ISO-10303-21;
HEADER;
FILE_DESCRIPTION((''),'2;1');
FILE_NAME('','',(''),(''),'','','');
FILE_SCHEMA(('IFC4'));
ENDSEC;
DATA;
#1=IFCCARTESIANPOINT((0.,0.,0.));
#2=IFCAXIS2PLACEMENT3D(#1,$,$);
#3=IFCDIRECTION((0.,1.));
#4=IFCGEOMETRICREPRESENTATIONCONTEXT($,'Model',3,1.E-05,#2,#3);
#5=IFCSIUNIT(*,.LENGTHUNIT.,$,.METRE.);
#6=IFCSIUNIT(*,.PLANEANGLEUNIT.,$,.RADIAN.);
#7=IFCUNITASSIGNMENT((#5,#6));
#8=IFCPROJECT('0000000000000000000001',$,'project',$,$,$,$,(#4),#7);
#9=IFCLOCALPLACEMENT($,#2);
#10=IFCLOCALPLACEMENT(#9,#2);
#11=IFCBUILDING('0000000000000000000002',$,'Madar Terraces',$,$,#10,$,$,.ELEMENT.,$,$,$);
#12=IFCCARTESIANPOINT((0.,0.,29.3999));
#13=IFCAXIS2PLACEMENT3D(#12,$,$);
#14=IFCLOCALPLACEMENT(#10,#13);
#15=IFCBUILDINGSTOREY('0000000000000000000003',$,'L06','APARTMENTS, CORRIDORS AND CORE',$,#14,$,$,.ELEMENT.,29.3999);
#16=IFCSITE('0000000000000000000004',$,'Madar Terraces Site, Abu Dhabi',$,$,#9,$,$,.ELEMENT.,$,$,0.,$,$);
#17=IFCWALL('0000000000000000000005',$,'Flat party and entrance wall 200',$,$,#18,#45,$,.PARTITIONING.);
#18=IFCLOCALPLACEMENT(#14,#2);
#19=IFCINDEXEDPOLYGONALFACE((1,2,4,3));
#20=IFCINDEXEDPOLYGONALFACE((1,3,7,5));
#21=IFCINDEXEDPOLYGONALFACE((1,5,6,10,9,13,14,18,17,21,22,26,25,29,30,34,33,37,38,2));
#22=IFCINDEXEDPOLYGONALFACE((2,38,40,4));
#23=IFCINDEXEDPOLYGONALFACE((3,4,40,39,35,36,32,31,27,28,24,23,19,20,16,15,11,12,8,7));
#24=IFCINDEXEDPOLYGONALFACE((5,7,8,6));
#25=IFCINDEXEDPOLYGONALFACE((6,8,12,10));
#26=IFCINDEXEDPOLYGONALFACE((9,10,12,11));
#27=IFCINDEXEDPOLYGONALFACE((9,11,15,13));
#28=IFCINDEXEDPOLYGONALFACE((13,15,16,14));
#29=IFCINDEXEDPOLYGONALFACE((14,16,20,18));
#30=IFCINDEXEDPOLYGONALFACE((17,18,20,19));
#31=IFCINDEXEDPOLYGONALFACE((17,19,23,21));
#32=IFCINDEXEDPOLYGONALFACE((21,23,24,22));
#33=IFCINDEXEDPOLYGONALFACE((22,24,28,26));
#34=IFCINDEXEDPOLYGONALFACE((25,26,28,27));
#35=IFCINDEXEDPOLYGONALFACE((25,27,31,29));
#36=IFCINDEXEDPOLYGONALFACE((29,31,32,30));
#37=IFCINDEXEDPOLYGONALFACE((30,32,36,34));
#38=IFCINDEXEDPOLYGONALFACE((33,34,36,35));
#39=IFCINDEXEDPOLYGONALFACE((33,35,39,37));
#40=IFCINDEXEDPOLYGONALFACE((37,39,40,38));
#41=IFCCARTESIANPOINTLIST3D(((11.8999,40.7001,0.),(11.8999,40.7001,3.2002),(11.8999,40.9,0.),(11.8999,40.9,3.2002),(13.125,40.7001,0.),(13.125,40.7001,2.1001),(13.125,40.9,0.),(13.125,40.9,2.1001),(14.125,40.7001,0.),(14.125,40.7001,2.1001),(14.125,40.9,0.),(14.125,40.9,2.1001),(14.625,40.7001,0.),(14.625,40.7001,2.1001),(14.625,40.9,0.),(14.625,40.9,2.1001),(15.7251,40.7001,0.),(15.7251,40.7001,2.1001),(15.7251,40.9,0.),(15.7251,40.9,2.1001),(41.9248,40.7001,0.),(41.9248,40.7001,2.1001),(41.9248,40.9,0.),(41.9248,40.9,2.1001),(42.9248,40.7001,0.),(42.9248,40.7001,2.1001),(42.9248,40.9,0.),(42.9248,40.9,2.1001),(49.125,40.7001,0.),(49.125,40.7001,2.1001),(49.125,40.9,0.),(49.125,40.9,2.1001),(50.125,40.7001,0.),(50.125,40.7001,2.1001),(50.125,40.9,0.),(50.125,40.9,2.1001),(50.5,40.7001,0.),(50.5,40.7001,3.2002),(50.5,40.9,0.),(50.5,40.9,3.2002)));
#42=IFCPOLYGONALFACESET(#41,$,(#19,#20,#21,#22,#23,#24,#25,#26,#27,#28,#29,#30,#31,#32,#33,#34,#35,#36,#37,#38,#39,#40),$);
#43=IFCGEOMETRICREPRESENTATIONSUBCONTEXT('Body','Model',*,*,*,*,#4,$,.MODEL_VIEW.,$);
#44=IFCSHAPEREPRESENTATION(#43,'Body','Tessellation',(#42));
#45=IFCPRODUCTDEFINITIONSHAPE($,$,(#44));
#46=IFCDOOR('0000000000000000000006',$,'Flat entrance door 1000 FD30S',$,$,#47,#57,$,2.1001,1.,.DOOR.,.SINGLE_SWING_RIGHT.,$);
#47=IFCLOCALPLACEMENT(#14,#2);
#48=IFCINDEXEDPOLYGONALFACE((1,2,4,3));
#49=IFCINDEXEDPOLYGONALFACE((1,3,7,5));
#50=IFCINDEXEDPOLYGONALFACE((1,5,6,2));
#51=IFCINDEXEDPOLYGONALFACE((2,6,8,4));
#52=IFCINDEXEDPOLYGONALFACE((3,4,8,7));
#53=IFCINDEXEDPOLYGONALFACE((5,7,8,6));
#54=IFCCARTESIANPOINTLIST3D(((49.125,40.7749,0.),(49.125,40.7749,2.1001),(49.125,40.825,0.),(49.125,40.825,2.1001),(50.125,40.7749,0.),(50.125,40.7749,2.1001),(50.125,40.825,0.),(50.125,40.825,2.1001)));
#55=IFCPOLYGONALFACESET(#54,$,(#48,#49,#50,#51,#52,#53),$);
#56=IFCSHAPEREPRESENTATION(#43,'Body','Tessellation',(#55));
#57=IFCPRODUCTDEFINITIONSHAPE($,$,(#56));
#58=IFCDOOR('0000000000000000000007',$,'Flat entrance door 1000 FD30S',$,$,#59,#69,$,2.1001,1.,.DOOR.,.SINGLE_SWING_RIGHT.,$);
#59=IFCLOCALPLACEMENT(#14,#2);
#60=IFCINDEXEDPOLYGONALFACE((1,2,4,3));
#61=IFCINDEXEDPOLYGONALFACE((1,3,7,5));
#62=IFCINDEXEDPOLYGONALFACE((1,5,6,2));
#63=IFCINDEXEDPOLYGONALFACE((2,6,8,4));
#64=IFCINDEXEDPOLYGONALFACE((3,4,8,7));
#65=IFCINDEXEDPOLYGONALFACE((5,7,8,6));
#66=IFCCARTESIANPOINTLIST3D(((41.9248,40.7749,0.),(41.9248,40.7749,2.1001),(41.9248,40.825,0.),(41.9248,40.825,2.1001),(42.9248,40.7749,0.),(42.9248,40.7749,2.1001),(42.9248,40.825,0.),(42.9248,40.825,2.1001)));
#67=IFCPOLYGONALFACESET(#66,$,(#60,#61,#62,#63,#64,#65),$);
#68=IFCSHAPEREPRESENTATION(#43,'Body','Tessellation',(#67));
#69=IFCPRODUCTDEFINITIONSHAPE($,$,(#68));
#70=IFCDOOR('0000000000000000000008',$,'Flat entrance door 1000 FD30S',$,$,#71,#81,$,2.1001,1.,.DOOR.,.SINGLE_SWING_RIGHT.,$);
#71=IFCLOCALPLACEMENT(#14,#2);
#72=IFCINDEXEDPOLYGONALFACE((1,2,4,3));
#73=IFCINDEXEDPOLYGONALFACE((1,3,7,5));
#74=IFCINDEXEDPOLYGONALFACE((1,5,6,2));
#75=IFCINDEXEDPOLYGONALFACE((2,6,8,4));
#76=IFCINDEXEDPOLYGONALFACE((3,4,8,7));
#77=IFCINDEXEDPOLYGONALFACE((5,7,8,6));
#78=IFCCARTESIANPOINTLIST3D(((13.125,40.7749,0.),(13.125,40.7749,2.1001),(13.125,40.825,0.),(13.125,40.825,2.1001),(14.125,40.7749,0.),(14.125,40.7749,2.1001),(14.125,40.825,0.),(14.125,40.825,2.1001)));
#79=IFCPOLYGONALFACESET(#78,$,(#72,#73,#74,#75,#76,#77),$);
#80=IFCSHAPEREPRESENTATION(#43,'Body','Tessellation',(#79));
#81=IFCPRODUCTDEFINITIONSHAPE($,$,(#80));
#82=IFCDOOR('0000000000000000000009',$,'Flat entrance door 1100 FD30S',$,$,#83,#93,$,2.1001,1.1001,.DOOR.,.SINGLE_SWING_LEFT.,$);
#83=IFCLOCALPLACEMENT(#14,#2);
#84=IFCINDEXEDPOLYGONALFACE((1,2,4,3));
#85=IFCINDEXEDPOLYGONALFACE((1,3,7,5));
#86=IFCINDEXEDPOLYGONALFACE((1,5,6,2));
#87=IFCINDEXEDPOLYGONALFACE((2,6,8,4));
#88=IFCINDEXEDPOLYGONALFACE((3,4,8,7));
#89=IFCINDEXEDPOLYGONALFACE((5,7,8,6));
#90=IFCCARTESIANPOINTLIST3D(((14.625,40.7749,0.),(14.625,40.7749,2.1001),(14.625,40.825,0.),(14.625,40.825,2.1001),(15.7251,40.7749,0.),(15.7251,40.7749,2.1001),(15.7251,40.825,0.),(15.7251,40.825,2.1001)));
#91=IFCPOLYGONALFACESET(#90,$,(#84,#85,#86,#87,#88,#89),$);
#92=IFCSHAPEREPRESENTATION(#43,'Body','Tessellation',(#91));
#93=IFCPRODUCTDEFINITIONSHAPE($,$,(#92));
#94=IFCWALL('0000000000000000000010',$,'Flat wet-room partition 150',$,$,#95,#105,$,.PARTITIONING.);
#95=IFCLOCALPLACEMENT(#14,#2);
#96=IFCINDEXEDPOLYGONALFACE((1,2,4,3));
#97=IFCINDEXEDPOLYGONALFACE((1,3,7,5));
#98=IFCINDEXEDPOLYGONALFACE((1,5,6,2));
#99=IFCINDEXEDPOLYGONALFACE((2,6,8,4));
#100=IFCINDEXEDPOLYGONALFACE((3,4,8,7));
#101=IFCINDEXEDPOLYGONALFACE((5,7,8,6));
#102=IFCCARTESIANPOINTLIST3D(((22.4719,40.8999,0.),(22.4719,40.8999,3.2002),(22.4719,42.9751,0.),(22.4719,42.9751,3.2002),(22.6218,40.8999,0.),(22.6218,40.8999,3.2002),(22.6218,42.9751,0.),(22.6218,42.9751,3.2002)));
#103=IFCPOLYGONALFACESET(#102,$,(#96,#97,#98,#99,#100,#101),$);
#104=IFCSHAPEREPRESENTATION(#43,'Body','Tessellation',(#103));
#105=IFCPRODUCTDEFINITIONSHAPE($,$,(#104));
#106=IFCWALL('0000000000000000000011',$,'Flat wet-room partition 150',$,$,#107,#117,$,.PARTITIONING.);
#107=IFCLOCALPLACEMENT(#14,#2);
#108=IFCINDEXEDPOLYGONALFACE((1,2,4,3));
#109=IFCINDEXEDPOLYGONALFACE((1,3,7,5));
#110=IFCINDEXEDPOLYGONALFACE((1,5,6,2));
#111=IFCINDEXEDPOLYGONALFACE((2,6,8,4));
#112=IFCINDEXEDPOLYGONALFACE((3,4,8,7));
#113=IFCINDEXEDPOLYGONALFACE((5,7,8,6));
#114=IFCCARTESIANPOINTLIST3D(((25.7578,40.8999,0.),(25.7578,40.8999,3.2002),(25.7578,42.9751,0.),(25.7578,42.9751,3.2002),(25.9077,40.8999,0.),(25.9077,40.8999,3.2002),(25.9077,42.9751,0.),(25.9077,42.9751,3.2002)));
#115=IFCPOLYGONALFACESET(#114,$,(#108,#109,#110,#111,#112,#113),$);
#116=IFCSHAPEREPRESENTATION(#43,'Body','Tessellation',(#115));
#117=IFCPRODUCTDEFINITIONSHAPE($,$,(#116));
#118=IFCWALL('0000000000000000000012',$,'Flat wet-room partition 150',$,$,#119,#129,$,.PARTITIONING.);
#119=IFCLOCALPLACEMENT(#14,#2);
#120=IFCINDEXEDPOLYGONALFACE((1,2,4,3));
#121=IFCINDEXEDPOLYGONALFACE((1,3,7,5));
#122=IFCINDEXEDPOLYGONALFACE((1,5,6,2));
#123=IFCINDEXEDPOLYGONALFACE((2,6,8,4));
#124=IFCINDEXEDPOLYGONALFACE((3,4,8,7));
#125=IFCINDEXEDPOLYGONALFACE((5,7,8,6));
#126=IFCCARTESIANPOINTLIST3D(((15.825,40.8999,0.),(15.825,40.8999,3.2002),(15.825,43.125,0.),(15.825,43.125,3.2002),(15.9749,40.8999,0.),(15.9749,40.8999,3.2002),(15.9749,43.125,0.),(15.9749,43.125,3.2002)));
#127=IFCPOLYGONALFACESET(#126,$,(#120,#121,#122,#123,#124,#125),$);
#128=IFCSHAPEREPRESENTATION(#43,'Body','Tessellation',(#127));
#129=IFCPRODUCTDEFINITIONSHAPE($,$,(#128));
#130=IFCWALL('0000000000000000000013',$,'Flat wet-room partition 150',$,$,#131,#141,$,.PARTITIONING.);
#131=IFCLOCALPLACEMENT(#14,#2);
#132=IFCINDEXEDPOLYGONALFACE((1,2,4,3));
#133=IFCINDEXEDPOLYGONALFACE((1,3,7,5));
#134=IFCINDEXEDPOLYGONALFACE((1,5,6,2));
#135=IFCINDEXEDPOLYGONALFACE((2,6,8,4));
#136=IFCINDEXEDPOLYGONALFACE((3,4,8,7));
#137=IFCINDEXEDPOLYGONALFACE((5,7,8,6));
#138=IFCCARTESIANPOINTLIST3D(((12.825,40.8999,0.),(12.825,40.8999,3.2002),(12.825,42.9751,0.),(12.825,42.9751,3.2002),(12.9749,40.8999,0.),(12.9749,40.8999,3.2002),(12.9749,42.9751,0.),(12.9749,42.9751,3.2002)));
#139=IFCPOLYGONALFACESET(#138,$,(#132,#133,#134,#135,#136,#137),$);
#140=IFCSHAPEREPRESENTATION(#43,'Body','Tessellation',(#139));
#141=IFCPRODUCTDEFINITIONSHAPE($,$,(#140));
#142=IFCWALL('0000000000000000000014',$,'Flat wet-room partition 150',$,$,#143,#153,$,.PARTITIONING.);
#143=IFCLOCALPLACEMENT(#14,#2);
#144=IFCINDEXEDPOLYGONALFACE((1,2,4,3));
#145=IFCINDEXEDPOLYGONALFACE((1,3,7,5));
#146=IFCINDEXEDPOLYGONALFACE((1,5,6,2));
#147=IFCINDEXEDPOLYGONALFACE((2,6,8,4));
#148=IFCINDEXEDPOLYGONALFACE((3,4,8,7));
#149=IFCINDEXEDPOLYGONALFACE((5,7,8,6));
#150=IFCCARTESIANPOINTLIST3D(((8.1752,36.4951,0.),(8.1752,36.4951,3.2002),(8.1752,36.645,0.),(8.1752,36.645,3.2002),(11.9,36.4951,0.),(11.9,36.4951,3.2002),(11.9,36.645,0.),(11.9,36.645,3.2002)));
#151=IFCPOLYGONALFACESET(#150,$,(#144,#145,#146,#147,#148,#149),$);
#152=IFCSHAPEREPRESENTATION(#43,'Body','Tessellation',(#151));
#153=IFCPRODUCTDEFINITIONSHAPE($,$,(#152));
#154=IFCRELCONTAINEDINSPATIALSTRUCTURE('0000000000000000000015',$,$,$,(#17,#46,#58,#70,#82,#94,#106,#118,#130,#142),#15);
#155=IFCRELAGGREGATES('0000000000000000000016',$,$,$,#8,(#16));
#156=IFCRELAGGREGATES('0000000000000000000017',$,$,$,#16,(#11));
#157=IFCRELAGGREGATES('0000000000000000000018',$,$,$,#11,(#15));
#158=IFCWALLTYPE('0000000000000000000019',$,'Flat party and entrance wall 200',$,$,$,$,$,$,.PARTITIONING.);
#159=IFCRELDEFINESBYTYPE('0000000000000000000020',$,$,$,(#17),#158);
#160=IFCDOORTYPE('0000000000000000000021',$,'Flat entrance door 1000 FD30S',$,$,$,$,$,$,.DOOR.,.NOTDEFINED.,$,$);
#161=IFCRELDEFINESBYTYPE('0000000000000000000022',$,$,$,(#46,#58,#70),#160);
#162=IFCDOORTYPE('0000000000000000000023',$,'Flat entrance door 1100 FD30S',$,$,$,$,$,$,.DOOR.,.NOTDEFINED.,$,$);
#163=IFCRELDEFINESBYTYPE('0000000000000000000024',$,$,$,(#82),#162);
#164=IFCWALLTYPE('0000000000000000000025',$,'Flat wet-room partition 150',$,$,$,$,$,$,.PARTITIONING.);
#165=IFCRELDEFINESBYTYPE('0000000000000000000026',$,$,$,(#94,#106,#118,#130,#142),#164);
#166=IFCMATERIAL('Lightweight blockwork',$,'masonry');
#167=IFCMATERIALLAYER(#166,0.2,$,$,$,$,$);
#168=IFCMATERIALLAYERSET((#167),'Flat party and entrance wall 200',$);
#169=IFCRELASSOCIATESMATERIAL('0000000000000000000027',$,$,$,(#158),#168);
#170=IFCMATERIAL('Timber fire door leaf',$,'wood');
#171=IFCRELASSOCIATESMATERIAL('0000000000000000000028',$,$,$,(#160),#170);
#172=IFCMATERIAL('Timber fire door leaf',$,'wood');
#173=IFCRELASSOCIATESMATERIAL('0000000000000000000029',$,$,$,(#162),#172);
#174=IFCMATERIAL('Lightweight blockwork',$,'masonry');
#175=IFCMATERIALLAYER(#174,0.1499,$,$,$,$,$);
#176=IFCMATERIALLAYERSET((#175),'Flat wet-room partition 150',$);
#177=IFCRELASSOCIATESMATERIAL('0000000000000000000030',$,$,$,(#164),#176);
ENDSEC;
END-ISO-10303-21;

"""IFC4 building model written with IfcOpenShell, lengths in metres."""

from ifc_helpers import new_model, si_unit, direction, frame, frame_2d, origin, place, context, subcontext, project, spatial, rectangle, extrude, material, layer, layer_set, type_object, element, fill, save


model = new_model("IFC4")

# Units and contexts
model_context = context("Model", 3, precision=1e-05, world=origin(), true_north=direction((0.0, 1.0)))
body_context = subcontext(model_context, "Body", "Model", "MODEL_VIEW")
ifc_project = project(units=[si_unit("LENGTHUNIT", "METRE"), si_unit("PLANEANGLEUNIT", "RADIAN")], contexts=[model_context])

# Site, building, storey
site_placement = place(None, origin())
site = spatial("IfcSite", under=ifc_project, at=site_placement, Name="Madar Terraces Site, Abu Dhabi", CompositionType="ELEMENT", RefElevation=0.0)
building_placement = place(site_placement, origin())
building = spatial("IfcBuilding", under=site, at=building_placement, Name="Madar Terraces", CompositionType="ELEMENT")
storey_placement = place(building_placement, frame((0.0, 0.0, 29.3999)))
storey = spatial("IfcBuildingStorey", under=building, at=storey_placement, Name="L06", Description="APARTMENTS, CORRIDORS AND CORE", CompositionType="ELEMENT", Elevation=29.3999)

# Wall, openings, doors
ifc_material_1 = material(Name="Lightweight blockwork", Category="masonry")
ifc_layer_1 = layer(ifc_material_1, 0.2)
ifc_layer_set_1 = layer_set([ifc_layer_1], Name="Flat party and entrance wall 200")
wall_type_1 = type_object("IfcWallType", Name="Flat party and entrance wall 200", PredefinedType="PARTITIONING", material=ifc_layer_set_1)
wall_1_placement = place(storey_placement, frame((11.8999, 40.8, 0.0), z_axis=(0.0, 0.0, 1.0), x_axis=(1.0, 0.0, 0.0)))
wall_1 = element("IfcWall", 1, at=wall_1_placement, inside=storey, type_object=wall_type_1, Name="Flat party and entrance wall 200", PredefinedType="PARTITIONING", context=body_context, shape_type="SweptSolid", body=[
    extrude(rectangle(XDim=38.6001, YDim=0.2, at=frame_2d((19.3, 0.0))), origin(), (0.0, 0.0, 1.0), 3.2002),
])
opening_1_placement = place(wall_1_placement, frame((37.2251, 0.0, 0.0)))
opening_1 = element("IfcOpeningElement", 2, at=opening_1_placement, cuts=wall_1, PredefinedType="OPENING", context=body_context, shape_type="SweptSolid", body=[
    extrude(rectangle(XDim=1.0, YDim=2.1001, at=frame_2d((0.5, 1.05))), frame((0.0, 0.1099, 0.0), z_axis=(0.0, -1.0, 0.0), x_axis=(1.0, 0.0, 0.0)), (0.0, 0.0, 1.0), 0.22),
])
opening_2_placement = place(wall_1_placement, frame((30.0249, 0.0, 0.0)))
opening_2 = element("IfcOpeningElement", 3, at=opening_2_placement, cuts=wall_1, PredefinedType="OPENING", context=body_context, shape_type="SweptSolid", body=[
    extrude(rectangle(XDim=1.0, YDim=2.1001, at=frame_2d((0.5, 1.05))), frame((0.0, 0.1099, 0.0), z_axis=(0.0, -1.0, 0.0), x_axis=(1.0, 0.0, 0.0)), (0.0, 0.0, 1.0), 0.22),
])
opening_3_placement = place(wall_1_placement, frame((2.7251, 0.0, 0.0)))
opening_3 = element("IfcOpeningElement", 4, at=opening_3_placement, cuts=wall_1, PredefinedType="OPENING", context=body_context, shape_type="SweptSolid", body=[
    extrude(rectangle(XDim=1.1001, YDim=2.1001, at=frame_2d((0.55, 1.05))), frame((0.0, 0.1099, 0.0), z_axis=(0.0, -1.0, 0.0), x_axis=(1.0, 0.0, 0.0)), (0.0, 0.0, 1.0), 0.22),
])
opening_4_placement = place(wall_1_placement, frame((1.2251, 0.0, 0.0)))
opening_4 = element("IfcOpeningElement", 5, at=opening_4_placement, cuts=wall_1, PredefinedType="OPENING", context=body_context, shape_type="SweptSolid", body=[
    extrude(rectangle(XDim=1.0, YDim=2.1001, at=frame_2d((0.5, 1.05))), frame((0.0, 0.1099, 0.0), z_axis=(0.0, -1.0, 0.0), x_axis=(1.0, 0.0, 0.0)), (0.0, 0.0, 1.0), 0.22),
])
ifc_material_2 = material(Name="Timber fire door leaf", Category="wood")
door_type_1 = type_object("IfcDoorType", Name="Flat entrance door 1000 FD30S", OperationType="NOTDEFINED", PredefinedType="DOOR", material=ifc_material_2)
door_1_placement = place(opening_1_placement, origin())
door_1 = element("IfcDoor", 6, at=door_1_placement, inside=storey, type_object=door_type_1, Name="Flat entrance door 1000 FD30S", OperationType="SINGLE_SWING_RIGHT", OverallHeight=2.1001, OverallWidth=1.0, PredefinedType="DOOR", context=body_context, shape_type="SweptSolid", body=[
    extrude(rectangle(XDim=1.0, YDim=2.1001, at=frame_2d((0.5, 1.05))), frame((0.0, 0.0249, 0.0), z_axis=(0.0, -1.0, 0.0), x_axis=(1.0, 0.0, 0.0)), (0.0, 0.0, 1.0), 0.05),
])
fill(opening_1, door_1)
door_2_placement = place(opening_2_placement, origin())
door_2 = element("IfcDoor", 7, at=door_2_placement, inside=storey, type_object=door_type_1, Name="Flat entrance door 1000 FD30S", OperationType="SINGLE_SWING_RIGHT", OverallHeight=2.1001, OverallWidth=1.0, PredefinedType="DOOR", context=body_context, shape_type="SweptSolid", body=[
    extrude(rectangle(XDim=1.0, YDim=2.1001, at=frame_2d((0.5, 1.05))), frame((0.0, 0.0249, 0.0), z_axis=(0.0, -1.0, 0.0), x_axis=(1.0, 0.0, 0.0)), (0.0, 0.0, 1.0), 0.05),
])
fill(opening_2, door_2)
door_3_placement = place(opening_4_placement, origin())
door_3 = element("IfcDoor", 8, at=door_3_placement, inside=storey, type_object=door_type_1, Name="Flat entrance door 1000 FD30S", OperationType="SINGLE_SWING_RIGHT", OverallHeight=2.1001, OverallWidth=1.0, PredefinedType="DOOR", context=body_context, shape_type="SweptSolid", body=[
    extrude(rectangle(XDim=1.0, YDim=2.1001, at=frame_2d((0.5, 1.05))), frame((0.0, 0.0249, 0.0), z_axis=(0.0, -1.0, 0.0), x_axis=(1.0, 0.0, 0.0)), (0.0, 0.0, 1.0), 0.05),
])
fill(opening_4, door_3)
ifc_material_3 = material(Name="Timber fire door leaf", Category="wood")
door_type_2 = type_object("IfcDoorType", Name="Flat entrance door 1100 FD30S", OperationType="NOTDEFINED", PredefinedType="DOOR", material=ifc_material_3)
door_4_placement = place(opening_3_placement, origin())
door_4 = element("IfcDoor", 9, at=door_4_placement, inside=storey, type_object=door_type_2, Name="Flat entrance door 1100 FD30S", OperationType="SINGLE_SWING_LEFT", OverallHeight=2.1001, OverallWidth=1.1001, PredefinedType="DOOR", context=body_context, shape_type="SweptSolid", body=[
    extrude(rectangle(XDim=1.1001, YDim=2.1001, at=frame_2d((0.55, 1.05))), frame((0.0, 0.0249, 0.0), z_axis=(0.0, -1.0, 0.0), x_axis=(1.0, 0.0, 0.0)), (0.0, 0.0, 1.0), 0.05),
])
fill(opening_3, door_4)

# Walls
ifc_material_4 = material(Name="Lightweight blockwork", Category="masonry")
ifc_layer_2 = layer(ifc_material_4, 0.1499)
ifc_layer_set_2 = layer_set([ifc_layer_2], Name="Flat wet-room partition 150")
wall_type_2 = type_object("IfcWallType", Name="Flat wet-room partition 150", PredefinedType="PARTITIONING", material=ifc_layer_set_2)
for number, where, z_axis, x_axis, name in (
    (10, (22.5469, 40.8999, 0.0), (0.0, 0.0, 1.0), (0.0, 1.0, 0.0), "Flat wet-room partition 150"),
    (11, (25.8328, 40.8999, 0.0), (0.0, 0.0, 1.0), (0.0, 1.0, 0.0), "Flat wet-room partition 150"),
):
    element("IfcWall", number, at=place(storey_placement, frame(where, z_axis=z_axis, x_axis=x_axis)), inside=storey, type_object=wall_type_2, Name=name, PredefinedType="PARTITIONING", context=body_context, shape_type="SweptSolid", body=[
        extrude(rectangle(XDim=2.0752, YDim=0.1499, at=frame_2d((1.0376, 0.0))), origin(), (0.0, 0.0, 1.0), 3.2002),
    ])
wall_2_placement = place(storey_placement, frame((15.8999, 40.8999, 0.0), z_axis=(0.0, 0.0, 1.0), x_axis=(0.0, 1.0, 0.0)))
element("IfcWall", 12, at=wall_2_placement, inside=storey, type_object=wall_type_2, Name="Flat wet-room partition 150", PredefinedType="PARTITIONING", context=body_context, shape_type="SweptSolid", body=[
    extrude(rectangle(XDim=2.2251, YDim=0.1499, at=frame_2d((1.1125, 0.0))), origin(), (0.0, 0.0, 1.0), 3.2002),
])
wall_3_placement = place(storey_placement, frame((12.8999, 40.8999, 0.0), z_axis=(0.0, 0.0, 1.0), x_axis=(0.0, 1.0, 0.0)))
element("IfcWall", 13, at=wall_3_placement, inside=storey, type_object=wall_type_2, Name="Flat wet-room partition 150", PredefinedType="PARTITIONING", context=body_context, shape_type="SweptSolid", body=[
    extrude(rectangle(XDim=2.0752, YDim=0.1499, at=frame_2d((1.0376, 0.0))), origin(), (0.0, 0.0, 1.0), 3.2002),
])
wall_4_placement = place(storey_placement, frame((11.8999, 36.5701, 0.0), z_axis=(0.0, 0.0, 1.0), x_axis=(-1.0, 0.0, 0.0)))
element("IfcWall", 14, at=wall_4_placement, inside=storey, type_object=wall_type_2, Name="Flat wet-room partition 150", PredefinedType="PARTITIONING", context=body_context, shape_type="SweptSolid", body=[
    extrude(rectangle(XDim=3.7249, YDim=0.1499, at=frame_2d((1.8623, 0.0))), origin(), (0.0, 0.0, 1.0), 3.2002),
])

save(model, "model.ifc")
